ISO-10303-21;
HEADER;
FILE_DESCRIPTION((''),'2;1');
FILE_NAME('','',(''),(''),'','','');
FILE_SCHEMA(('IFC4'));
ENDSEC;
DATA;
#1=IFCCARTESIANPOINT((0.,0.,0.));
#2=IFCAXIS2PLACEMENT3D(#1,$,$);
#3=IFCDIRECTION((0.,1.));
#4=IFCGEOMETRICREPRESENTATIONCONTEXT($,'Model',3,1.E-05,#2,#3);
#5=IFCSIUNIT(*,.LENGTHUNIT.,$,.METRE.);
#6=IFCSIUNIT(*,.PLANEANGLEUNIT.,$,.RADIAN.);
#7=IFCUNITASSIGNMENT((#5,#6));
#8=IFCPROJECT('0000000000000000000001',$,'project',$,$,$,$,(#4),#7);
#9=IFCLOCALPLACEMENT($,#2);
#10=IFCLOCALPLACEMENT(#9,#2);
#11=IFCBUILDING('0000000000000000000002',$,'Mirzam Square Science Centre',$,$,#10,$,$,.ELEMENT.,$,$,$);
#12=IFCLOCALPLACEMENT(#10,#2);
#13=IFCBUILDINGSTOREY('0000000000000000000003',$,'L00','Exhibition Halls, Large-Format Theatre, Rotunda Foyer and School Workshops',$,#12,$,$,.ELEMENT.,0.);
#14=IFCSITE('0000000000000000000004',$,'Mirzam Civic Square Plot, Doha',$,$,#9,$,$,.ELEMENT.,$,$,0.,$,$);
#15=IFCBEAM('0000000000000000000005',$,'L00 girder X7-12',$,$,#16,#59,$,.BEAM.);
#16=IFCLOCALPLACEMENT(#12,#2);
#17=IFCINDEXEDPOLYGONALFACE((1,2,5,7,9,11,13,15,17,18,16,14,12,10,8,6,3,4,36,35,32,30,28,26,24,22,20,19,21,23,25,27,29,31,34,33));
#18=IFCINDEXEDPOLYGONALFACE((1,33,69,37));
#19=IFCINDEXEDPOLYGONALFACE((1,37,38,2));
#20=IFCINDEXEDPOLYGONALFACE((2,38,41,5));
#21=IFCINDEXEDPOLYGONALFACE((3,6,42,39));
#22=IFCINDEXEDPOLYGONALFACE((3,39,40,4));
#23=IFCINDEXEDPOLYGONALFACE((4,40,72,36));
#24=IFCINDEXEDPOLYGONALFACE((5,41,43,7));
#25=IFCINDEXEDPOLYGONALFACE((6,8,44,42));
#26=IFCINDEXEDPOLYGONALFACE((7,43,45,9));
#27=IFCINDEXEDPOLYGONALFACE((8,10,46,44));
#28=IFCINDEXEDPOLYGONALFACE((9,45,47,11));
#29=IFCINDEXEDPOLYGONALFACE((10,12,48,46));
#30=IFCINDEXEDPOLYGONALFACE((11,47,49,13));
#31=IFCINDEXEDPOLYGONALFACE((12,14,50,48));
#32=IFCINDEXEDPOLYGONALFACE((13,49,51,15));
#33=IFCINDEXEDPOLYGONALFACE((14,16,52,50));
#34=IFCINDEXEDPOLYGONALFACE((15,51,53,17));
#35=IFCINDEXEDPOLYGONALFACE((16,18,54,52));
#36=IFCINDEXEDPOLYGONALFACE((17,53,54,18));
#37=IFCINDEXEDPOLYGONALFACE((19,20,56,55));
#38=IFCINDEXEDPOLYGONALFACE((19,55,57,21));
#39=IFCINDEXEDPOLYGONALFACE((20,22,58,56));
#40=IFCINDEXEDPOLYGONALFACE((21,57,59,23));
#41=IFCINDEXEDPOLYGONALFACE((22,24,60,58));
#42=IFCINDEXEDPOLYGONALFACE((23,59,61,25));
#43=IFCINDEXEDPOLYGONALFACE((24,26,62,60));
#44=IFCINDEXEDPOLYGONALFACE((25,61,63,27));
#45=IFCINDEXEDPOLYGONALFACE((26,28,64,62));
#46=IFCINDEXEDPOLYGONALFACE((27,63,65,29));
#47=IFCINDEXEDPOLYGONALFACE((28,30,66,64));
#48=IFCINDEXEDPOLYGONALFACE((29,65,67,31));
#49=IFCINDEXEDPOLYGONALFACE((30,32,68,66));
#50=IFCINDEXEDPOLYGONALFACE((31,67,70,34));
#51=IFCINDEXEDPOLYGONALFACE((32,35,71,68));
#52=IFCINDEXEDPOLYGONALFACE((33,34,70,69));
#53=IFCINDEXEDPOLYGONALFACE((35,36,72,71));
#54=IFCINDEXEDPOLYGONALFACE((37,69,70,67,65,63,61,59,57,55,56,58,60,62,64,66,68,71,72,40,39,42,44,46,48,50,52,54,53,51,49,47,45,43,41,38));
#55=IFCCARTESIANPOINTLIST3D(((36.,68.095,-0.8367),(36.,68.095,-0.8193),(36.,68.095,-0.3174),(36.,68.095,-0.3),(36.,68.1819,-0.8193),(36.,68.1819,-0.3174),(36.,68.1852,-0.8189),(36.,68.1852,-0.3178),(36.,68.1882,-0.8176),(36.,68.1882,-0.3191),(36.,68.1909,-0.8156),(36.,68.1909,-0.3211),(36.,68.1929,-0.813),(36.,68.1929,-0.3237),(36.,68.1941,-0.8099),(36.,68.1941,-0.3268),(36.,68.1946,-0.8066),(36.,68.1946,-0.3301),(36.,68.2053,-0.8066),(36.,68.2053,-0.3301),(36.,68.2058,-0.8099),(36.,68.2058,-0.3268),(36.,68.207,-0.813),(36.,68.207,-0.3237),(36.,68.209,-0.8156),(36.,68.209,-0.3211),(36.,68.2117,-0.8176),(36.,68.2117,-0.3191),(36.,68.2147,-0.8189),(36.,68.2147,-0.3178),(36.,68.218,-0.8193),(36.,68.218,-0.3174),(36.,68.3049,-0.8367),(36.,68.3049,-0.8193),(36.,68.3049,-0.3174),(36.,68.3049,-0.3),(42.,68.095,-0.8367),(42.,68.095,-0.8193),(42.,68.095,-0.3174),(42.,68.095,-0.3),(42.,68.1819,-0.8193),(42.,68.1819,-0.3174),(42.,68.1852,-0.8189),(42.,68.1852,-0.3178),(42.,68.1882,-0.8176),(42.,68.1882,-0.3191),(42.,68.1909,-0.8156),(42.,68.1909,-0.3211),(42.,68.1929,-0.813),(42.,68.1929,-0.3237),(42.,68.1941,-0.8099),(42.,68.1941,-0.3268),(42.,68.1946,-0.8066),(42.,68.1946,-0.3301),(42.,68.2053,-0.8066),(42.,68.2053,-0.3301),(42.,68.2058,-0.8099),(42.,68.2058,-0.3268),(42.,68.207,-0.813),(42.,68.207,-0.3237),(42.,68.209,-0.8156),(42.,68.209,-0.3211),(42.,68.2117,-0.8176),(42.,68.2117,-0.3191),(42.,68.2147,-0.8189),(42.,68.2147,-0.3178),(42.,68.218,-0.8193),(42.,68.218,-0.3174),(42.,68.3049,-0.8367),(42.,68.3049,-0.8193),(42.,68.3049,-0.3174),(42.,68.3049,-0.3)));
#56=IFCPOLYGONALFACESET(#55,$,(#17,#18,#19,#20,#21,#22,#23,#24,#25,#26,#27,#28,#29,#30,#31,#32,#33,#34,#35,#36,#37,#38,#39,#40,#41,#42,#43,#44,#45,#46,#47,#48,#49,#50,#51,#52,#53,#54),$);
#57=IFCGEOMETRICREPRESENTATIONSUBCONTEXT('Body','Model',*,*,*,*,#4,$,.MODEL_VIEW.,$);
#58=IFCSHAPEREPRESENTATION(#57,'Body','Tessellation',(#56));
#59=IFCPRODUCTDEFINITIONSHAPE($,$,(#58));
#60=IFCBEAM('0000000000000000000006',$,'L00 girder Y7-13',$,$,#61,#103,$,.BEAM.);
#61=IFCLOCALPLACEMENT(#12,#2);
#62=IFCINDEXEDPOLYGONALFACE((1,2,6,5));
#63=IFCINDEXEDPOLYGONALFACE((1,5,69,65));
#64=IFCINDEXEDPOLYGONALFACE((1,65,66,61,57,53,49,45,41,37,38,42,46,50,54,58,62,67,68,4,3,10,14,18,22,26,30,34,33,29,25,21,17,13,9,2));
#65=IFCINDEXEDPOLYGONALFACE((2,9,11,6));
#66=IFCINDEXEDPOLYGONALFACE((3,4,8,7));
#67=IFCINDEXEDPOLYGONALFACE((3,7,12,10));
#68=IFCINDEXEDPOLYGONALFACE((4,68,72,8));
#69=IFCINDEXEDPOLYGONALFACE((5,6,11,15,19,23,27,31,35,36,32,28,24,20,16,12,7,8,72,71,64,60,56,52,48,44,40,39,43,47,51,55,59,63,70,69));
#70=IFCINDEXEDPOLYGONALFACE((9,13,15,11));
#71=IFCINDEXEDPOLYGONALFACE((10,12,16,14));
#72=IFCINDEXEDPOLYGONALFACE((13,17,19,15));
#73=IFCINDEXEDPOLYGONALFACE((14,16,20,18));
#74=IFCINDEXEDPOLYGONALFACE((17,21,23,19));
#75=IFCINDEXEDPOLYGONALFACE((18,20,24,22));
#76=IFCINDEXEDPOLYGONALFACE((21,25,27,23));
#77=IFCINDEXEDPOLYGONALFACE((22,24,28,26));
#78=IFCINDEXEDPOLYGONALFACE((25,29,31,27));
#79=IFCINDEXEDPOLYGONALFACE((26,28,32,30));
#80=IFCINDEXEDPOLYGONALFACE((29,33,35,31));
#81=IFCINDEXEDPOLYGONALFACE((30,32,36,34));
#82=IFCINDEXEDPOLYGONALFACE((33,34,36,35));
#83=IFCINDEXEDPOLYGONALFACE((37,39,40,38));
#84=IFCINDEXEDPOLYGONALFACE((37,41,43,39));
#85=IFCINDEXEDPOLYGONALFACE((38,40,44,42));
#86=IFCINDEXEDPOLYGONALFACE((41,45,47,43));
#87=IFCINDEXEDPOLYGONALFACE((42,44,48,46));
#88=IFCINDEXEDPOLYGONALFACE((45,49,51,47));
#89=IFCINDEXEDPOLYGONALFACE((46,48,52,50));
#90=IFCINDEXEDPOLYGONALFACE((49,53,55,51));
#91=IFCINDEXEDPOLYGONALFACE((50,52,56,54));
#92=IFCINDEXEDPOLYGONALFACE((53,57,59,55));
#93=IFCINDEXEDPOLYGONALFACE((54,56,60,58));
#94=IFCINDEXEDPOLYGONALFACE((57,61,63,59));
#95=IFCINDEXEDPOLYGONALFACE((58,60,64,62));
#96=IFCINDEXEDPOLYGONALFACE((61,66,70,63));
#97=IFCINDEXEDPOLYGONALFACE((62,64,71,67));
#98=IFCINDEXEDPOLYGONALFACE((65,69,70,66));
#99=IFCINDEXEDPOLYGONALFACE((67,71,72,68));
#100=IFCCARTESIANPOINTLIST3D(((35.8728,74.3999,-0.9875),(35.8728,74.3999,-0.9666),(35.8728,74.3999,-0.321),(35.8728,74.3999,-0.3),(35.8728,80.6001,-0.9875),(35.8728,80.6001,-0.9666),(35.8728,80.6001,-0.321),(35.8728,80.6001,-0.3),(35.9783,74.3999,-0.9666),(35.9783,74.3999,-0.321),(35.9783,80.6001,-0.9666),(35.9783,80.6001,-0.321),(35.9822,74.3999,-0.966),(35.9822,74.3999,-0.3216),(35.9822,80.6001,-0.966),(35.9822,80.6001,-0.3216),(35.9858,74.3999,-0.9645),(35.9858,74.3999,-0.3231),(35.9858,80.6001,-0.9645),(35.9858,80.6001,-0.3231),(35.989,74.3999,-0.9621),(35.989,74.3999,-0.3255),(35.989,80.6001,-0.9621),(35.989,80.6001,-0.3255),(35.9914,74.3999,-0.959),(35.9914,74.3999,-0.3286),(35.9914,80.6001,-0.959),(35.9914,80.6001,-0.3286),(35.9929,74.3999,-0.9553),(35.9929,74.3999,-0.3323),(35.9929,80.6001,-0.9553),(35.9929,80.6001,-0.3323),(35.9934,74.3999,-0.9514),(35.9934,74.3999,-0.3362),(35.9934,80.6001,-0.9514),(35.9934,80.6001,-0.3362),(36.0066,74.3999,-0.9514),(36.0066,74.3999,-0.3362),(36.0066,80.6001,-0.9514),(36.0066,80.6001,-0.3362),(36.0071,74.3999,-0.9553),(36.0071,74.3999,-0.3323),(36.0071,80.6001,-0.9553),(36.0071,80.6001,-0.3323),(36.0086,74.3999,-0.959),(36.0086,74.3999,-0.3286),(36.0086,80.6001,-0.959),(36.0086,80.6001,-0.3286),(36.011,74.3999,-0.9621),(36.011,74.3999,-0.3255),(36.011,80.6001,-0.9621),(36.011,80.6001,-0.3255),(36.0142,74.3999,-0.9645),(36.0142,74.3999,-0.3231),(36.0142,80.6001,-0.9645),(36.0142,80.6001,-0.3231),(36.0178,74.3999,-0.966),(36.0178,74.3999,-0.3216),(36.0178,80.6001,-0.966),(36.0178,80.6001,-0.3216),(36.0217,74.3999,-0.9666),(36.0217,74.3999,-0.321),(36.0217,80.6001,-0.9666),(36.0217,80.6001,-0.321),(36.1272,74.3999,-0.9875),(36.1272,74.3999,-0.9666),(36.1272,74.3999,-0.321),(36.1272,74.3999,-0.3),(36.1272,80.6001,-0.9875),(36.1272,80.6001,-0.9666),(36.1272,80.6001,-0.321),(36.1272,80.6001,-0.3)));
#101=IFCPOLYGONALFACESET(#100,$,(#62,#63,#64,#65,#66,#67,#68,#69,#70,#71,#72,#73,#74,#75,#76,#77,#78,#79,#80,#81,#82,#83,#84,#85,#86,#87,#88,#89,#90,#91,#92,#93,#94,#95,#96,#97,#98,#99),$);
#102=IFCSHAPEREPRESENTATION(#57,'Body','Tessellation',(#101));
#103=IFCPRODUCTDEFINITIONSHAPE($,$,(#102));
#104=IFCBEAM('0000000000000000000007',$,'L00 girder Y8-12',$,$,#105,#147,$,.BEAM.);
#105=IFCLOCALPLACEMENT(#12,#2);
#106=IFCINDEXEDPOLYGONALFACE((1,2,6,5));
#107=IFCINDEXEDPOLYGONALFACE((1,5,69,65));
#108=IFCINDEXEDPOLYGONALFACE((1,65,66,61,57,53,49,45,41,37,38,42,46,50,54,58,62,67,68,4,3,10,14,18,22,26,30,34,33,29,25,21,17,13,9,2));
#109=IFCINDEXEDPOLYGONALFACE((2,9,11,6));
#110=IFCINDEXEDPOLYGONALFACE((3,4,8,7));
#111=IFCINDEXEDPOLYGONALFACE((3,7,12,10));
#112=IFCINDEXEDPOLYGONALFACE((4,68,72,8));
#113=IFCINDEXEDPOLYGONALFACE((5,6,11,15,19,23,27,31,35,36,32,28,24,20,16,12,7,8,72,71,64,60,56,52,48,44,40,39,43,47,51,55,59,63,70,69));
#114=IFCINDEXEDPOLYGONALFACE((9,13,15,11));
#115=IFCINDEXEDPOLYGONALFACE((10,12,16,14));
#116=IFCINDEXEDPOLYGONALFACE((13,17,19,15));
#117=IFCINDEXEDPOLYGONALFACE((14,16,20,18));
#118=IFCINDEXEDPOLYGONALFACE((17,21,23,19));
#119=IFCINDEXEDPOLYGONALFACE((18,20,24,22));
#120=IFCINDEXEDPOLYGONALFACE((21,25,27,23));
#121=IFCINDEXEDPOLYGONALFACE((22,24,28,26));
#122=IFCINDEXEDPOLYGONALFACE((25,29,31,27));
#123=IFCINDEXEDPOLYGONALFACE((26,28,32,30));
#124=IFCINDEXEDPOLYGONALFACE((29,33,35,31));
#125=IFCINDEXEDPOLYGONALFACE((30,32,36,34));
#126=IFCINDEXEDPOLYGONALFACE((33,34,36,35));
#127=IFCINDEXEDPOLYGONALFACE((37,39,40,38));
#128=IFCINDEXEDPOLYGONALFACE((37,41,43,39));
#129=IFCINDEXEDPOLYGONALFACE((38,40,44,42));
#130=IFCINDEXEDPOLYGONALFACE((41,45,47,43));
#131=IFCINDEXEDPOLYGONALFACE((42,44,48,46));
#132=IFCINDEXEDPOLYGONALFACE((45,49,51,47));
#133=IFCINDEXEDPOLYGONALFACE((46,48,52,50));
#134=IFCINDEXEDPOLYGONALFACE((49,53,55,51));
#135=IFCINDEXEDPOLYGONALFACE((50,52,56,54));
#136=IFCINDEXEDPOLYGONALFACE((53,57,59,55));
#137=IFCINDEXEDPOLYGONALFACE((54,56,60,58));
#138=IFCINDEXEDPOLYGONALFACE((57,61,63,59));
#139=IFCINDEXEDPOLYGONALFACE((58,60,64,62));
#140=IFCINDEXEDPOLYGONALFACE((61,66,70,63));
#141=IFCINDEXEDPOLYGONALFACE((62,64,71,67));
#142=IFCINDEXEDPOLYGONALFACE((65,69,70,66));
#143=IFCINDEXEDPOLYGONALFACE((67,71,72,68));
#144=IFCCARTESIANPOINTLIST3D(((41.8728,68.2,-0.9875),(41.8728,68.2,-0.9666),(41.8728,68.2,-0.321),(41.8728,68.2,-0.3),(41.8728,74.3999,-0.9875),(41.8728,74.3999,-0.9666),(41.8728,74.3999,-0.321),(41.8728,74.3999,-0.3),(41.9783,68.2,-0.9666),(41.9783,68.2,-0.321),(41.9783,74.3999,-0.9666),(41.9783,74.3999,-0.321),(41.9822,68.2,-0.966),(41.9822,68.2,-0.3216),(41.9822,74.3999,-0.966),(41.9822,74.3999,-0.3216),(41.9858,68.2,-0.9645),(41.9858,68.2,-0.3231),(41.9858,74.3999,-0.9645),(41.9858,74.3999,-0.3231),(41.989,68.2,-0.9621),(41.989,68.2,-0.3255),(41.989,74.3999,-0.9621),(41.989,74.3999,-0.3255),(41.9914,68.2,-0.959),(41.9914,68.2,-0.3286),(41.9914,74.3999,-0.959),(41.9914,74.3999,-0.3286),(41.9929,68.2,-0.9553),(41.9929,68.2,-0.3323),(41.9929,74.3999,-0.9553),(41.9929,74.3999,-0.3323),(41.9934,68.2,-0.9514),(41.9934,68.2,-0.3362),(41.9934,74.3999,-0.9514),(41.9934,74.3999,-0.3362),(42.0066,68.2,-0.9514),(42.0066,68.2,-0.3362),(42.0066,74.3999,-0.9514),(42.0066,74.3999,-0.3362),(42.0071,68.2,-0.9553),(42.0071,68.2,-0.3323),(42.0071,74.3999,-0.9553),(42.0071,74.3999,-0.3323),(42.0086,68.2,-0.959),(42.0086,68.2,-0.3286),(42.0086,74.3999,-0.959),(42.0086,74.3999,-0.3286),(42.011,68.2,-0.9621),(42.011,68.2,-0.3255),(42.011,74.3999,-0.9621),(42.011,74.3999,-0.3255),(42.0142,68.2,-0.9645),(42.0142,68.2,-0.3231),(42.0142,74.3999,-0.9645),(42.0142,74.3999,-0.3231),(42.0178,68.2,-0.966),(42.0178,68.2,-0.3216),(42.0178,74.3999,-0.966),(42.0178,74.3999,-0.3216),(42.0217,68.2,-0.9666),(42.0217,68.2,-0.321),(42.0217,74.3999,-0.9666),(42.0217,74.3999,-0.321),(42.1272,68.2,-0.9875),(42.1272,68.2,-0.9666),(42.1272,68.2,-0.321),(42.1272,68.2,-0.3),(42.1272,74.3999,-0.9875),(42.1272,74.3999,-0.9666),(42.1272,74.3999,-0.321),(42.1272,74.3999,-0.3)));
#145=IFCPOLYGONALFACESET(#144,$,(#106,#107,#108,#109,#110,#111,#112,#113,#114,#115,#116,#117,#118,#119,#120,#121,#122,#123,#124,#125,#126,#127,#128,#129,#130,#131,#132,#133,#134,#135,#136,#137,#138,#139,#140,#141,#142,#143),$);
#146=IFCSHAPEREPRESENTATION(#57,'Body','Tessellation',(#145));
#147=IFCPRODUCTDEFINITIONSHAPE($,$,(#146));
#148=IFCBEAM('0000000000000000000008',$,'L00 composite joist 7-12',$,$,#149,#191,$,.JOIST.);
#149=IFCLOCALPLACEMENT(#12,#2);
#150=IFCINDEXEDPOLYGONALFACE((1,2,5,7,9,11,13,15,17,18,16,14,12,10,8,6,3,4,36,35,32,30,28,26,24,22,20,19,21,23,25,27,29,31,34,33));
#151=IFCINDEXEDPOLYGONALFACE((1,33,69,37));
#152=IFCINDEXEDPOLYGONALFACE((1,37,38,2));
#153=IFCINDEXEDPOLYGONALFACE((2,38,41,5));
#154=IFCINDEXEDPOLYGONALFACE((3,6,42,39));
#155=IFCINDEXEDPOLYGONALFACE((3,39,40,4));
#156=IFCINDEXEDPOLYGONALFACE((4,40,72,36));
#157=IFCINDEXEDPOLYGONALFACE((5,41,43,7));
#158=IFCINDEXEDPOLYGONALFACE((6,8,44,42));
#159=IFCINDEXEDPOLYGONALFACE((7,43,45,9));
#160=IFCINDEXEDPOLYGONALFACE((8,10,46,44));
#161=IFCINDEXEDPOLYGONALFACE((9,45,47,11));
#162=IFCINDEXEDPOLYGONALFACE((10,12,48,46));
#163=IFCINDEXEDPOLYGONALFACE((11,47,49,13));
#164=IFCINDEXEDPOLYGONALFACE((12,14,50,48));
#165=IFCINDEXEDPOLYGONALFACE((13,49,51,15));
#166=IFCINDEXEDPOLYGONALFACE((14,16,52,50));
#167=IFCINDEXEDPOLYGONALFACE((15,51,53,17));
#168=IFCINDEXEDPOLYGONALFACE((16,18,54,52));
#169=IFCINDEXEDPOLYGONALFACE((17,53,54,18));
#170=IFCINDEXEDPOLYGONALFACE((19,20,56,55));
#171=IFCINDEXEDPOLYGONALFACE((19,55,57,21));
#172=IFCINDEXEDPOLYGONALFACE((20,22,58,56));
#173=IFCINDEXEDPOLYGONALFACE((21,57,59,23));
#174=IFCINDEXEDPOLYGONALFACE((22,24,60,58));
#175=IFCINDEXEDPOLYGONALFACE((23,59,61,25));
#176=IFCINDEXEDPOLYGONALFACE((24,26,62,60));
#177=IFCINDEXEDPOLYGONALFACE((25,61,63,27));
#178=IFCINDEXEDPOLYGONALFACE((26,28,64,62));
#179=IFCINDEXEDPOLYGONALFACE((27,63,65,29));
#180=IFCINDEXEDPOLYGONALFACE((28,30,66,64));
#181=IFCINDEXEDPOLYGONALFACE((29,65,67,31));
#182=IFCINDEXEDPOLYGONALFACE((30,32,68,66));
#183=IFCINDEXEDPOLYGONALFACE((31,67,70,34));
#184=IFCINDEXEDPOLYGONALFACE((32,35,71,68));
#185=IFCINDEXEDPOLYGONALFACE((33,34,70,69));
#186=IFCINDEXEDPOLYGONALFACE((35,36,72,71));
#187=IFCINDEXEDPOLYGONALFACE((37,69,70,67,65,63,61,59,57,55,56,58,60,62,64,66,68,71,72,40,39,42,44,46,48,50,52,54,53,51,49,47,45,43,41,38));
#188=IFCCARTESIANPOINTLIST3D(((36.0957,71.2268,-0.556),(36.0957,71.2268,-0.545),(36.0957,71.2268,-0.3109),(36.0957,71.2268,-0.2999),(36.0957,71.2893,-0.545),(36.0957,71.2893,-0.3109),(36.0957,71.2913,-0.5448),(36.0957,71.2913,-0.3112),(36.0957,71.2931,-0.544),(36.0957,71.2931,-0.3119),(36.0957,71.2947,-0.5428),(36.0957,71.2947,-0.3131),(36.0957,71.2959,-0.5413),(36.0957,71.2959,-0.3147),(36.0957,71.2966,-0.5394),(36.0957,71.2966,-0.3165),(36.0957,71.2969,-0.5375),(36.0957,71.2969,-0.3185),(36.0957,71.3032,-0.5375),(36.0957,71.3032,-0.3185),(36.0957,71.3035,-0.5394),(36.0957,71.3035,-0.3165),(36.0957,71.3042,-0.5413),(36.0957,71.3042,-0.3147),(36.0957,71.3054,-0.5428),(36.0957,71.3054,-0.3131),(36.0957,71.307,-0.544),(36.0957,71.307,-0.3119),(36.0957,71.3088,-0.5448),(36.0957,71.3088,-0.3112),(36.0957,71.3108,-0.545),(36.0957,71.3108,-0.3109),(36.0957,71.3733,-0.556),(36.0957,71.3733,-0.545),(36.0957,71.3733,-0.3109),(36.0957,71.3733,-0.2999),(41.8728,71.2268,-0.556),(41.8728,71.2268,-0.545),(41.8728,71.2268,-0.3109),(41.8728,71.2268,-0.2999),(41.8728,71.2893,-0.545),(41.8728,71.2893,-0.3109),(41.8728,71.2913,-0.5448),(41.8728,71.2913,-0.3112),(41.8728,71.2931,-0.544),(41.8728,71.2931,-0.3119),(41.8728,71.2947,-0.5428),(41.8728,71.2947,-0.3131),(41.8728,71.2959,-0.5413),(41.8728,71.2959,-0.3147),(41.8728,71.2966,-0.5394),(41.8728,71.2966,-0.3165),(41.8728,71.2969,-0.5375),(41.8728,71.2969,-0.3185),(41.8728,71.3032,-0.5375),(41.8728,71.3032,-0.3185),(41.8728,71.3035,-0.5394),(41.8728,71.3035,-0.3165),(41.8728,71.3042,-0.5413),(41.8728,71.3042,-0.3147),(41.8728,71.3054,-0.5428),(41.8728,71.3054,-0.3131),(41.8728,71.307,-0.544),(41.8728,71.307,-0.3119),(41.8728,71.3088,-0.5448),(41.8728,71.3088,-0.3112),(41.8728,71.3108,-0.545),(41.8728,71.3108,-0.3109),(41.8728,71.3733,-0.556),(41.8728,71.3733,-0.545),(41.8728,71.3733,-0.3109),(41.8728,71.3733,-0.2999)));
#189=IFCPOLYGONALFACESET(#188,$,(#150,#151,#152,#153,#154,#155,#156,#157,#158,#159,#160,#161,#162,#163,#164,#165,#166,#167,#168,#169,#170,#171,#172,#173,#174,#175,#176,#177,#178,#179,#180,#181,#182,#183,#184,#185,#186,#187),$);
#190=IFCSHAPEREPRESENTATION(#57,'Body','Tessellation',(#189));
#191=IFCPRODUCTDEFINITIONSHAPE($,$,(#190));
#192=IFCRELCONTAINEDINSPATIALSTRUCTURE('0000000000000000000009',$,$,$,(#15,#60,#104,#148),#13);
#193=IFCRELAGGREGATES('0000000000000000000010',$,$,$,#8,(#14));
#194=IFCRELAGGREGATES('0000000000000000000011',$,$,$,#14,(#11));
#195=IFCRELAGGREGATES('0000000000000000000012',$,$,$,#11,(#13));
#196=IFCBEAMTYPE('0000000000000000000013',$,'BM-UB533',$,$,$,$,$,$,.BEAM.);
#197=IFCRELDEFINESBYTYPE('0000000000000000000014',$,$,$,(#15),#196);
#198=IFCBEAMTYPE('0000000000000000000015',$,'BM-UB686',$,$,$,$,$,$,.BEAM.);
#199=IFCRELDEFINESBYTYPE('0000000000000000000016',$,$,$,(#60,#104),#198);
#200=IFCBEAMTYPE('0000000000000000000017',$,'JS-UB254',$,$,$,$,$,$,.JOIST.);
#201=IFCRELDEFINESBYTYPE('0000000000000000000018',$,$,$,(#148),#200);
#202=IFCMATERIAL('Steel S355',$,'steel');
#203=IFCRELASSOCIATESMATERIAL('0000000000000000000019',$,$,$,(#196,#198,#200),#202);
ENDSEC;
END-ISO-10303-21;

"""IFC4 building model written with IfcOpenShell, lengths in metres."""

from ifc_helpers import new_model, si_unit, direction, frame, origin, origin_2d, place, context, subcontext, project, spatial, i_section, extrude, material, material_profile, profile_set, type_object, element, save


model = new_model("IFC4")

# Units and contexts
model_context = context("Model", 3, precision=1e-05, world=origin(), true_north=direction((0.0, 1.0)))
body_context = subcontext(model_context, "Body", "Model", "MODEL_VIEW")
ifc_project = project(units=[si_unit("LENGTHUNIT", "METRE"), si_unit("PLANEANGLEUNIT", "RADIAN")], contexts=[model_context])

# Site, building, storey
site_placement = place(None, origin())
site = spatial("IfcSite", under=ifc_project, at=site_placement, Name="Mirzam Civic Square Plot, Doha", CompositionType="ELEMENT", RefElevation=0.0)
building_placement = place(site_placement, origin())
building = spatial("IfcBuilding", under=site, at=building_placement, Name="Mirzam Square Science Centre", CompositionType="ELEMENT")
storey_placement = place(building_placement, origin())
storey = spatial("IfcBuildingStorey", under=building, at=storey_placement, Name="L00", Description="Exhibition Halls, Large-Format Theatre, Rotunda Foyer and School Workshops", CompositionType="ELEMENT", Elevation=0.0)

# Shared definitions
ifc_material_1 = material(Name="Steel S355", Category="steel")

# Beams
ifc_material_profile_1 = material_profile(ifc_material_1, i_section(OverallWidth=0.21, OverallDepth=0.5366, WebThickness=0.0107, FlangeThickness=0.0173, FilletRadius=0.0127, at=origin_2d()), Name="533x210x101UB")
ifc_profile_set_1 = profile_set([ifc_material_profile_1], Name="Steel S355")
beam_type_1 = type_object("IfcBeamType", Name="BM-UB533", PredefinedType="BEAM", material=ifc_profile_set_1)
for number, where, z_axis, x_axis, name in (
    (1, (36.0, 68.2, -0.5684), (1.0, 0.0, 0.0), (0.0, 1.0, 0.0), "L00 girder X7-12"),
):
    element("IfcBeam", number, at=place(storey_placement, frame(where, z_axis=z_axis, x_axis=x_axis)), inside=storey, type_object=beam_type_1, Name=name, PredefinedType="BEAM", context=body_context, shape_type="SweptSolid", body=[
        extrude(i_section(OverallWidth=0.21, OverallDepth=0.5366, WebThickness=0.0107, FlangeThickness=0.0173, FilletRadius=0.0127, at=origin_2d()), origin(), (0.0, 0.0, 1.0), 6.0),
    ])
ifc_material_profile_2 = material_profile(ifc_material_1, i_section(OverallWidth=0.2544, OverallDepth=0.6875, WebThickness=0.0132, FlangeThickness=0.021, FilletRadius=0.0151, at=origin_2d()), Name="686x254x152UB")
ifc_profile_set_2 = profile_set([ifc_material_profile_2], Name="Steel S355")
beam_type_2 = type_object("IfcBeamType", Name="BM-UB686", PredefinedType="BEAM", material=ifc_profile_set_2)
beam_1_placement = place(storey_placement, frame((36.0, 74.3999, -0.6438), z_axis=(0.0, 1.0, 0.0), x_axis=(-1.0, 0.0, 0.0)))
element("IfcBeam", 2, at=beam_1_placement, inside=storey, type_object=beam_type_2, Name="L00 girder Y7-13", PredefinedType="BEAM", context=body_context, shape_type="SweptSolid", body=[
    extrude(i_section(OverallWidth=0.2544, OverallDepth=0.6875, WebThickness=0.0132, FlangeThickness=0.021, FilletRadius=0.0151, at=origin_2d()), origin(), (0.0, 0.0, 1.0), 6.2002),
])
beam_2_placement = place(storey_placement, frame((42.0, 68.2, -0.6438), z_axis=(0.0, 1.0, 0.0), x_axis=(-1.0, 0.0, 0.0)))
element("IfcBeam", 3, at=beam_2_placement, inside=storey, type_object=beam_type_2, Name="L00 girder Y8-12", PredefinedType="BEAM", context=body_context, shape_type="SweptSolid", body=[
    extrude(i_section(OverallWidth=0.2544, OverallDepth=0.6875, WebThickness=0.0132, FlangeThickness=0.021, FilletRadius=0.0151, at=origin_2d()), origin(), (0.0, 0.0, 1.0), 6.2),
])
ifc_material_profile_3 = material_profile(ifc_material_1, i_section(OverallWidth=0.1465, OverallDepth=0.2561, WebThickness=0.0063, FlangeThickness=0.011, FilletRadius=0.0076, at=origin_2d()), Name="254x146x37UB")
ifc_profile_set_3 = profile_set([ifc_material_profile_3], Name="Steel S355")
beam_type_3 = type_object("IfcBeamType", Name="JS-UB254", PredefinedType="JOIST", material=ifc_profile_set_3)
for number, where, z_axis, x_axis, name in (
    (4, (36.0957, 71.3, -0.428), (1.0, 0.0, 0.0), (0.0, 1.0, 0.0), "L00 composite joist 7-12"),
):
    element("IfcBeam", number, at=place(storey_placement, frame(where, z_axis=z_axis, x_axis=x_axis)), inside=storey, type_object=beam_type_3, Name=name, PredefinedType="JOIST", context=body_context, shape_type="SweptSolid", body=[
        extrude(i_section(OverallWidth=0.1465, OverallDepth=0.2561, WebThickness=0.0063, FlangeThickness=0.011, FilletRadius=0.0076, at=origin_2d()), origin(), (0.0, 0.0, 1.0), 5.7771),
    ])

save(model, "model.ifc")
